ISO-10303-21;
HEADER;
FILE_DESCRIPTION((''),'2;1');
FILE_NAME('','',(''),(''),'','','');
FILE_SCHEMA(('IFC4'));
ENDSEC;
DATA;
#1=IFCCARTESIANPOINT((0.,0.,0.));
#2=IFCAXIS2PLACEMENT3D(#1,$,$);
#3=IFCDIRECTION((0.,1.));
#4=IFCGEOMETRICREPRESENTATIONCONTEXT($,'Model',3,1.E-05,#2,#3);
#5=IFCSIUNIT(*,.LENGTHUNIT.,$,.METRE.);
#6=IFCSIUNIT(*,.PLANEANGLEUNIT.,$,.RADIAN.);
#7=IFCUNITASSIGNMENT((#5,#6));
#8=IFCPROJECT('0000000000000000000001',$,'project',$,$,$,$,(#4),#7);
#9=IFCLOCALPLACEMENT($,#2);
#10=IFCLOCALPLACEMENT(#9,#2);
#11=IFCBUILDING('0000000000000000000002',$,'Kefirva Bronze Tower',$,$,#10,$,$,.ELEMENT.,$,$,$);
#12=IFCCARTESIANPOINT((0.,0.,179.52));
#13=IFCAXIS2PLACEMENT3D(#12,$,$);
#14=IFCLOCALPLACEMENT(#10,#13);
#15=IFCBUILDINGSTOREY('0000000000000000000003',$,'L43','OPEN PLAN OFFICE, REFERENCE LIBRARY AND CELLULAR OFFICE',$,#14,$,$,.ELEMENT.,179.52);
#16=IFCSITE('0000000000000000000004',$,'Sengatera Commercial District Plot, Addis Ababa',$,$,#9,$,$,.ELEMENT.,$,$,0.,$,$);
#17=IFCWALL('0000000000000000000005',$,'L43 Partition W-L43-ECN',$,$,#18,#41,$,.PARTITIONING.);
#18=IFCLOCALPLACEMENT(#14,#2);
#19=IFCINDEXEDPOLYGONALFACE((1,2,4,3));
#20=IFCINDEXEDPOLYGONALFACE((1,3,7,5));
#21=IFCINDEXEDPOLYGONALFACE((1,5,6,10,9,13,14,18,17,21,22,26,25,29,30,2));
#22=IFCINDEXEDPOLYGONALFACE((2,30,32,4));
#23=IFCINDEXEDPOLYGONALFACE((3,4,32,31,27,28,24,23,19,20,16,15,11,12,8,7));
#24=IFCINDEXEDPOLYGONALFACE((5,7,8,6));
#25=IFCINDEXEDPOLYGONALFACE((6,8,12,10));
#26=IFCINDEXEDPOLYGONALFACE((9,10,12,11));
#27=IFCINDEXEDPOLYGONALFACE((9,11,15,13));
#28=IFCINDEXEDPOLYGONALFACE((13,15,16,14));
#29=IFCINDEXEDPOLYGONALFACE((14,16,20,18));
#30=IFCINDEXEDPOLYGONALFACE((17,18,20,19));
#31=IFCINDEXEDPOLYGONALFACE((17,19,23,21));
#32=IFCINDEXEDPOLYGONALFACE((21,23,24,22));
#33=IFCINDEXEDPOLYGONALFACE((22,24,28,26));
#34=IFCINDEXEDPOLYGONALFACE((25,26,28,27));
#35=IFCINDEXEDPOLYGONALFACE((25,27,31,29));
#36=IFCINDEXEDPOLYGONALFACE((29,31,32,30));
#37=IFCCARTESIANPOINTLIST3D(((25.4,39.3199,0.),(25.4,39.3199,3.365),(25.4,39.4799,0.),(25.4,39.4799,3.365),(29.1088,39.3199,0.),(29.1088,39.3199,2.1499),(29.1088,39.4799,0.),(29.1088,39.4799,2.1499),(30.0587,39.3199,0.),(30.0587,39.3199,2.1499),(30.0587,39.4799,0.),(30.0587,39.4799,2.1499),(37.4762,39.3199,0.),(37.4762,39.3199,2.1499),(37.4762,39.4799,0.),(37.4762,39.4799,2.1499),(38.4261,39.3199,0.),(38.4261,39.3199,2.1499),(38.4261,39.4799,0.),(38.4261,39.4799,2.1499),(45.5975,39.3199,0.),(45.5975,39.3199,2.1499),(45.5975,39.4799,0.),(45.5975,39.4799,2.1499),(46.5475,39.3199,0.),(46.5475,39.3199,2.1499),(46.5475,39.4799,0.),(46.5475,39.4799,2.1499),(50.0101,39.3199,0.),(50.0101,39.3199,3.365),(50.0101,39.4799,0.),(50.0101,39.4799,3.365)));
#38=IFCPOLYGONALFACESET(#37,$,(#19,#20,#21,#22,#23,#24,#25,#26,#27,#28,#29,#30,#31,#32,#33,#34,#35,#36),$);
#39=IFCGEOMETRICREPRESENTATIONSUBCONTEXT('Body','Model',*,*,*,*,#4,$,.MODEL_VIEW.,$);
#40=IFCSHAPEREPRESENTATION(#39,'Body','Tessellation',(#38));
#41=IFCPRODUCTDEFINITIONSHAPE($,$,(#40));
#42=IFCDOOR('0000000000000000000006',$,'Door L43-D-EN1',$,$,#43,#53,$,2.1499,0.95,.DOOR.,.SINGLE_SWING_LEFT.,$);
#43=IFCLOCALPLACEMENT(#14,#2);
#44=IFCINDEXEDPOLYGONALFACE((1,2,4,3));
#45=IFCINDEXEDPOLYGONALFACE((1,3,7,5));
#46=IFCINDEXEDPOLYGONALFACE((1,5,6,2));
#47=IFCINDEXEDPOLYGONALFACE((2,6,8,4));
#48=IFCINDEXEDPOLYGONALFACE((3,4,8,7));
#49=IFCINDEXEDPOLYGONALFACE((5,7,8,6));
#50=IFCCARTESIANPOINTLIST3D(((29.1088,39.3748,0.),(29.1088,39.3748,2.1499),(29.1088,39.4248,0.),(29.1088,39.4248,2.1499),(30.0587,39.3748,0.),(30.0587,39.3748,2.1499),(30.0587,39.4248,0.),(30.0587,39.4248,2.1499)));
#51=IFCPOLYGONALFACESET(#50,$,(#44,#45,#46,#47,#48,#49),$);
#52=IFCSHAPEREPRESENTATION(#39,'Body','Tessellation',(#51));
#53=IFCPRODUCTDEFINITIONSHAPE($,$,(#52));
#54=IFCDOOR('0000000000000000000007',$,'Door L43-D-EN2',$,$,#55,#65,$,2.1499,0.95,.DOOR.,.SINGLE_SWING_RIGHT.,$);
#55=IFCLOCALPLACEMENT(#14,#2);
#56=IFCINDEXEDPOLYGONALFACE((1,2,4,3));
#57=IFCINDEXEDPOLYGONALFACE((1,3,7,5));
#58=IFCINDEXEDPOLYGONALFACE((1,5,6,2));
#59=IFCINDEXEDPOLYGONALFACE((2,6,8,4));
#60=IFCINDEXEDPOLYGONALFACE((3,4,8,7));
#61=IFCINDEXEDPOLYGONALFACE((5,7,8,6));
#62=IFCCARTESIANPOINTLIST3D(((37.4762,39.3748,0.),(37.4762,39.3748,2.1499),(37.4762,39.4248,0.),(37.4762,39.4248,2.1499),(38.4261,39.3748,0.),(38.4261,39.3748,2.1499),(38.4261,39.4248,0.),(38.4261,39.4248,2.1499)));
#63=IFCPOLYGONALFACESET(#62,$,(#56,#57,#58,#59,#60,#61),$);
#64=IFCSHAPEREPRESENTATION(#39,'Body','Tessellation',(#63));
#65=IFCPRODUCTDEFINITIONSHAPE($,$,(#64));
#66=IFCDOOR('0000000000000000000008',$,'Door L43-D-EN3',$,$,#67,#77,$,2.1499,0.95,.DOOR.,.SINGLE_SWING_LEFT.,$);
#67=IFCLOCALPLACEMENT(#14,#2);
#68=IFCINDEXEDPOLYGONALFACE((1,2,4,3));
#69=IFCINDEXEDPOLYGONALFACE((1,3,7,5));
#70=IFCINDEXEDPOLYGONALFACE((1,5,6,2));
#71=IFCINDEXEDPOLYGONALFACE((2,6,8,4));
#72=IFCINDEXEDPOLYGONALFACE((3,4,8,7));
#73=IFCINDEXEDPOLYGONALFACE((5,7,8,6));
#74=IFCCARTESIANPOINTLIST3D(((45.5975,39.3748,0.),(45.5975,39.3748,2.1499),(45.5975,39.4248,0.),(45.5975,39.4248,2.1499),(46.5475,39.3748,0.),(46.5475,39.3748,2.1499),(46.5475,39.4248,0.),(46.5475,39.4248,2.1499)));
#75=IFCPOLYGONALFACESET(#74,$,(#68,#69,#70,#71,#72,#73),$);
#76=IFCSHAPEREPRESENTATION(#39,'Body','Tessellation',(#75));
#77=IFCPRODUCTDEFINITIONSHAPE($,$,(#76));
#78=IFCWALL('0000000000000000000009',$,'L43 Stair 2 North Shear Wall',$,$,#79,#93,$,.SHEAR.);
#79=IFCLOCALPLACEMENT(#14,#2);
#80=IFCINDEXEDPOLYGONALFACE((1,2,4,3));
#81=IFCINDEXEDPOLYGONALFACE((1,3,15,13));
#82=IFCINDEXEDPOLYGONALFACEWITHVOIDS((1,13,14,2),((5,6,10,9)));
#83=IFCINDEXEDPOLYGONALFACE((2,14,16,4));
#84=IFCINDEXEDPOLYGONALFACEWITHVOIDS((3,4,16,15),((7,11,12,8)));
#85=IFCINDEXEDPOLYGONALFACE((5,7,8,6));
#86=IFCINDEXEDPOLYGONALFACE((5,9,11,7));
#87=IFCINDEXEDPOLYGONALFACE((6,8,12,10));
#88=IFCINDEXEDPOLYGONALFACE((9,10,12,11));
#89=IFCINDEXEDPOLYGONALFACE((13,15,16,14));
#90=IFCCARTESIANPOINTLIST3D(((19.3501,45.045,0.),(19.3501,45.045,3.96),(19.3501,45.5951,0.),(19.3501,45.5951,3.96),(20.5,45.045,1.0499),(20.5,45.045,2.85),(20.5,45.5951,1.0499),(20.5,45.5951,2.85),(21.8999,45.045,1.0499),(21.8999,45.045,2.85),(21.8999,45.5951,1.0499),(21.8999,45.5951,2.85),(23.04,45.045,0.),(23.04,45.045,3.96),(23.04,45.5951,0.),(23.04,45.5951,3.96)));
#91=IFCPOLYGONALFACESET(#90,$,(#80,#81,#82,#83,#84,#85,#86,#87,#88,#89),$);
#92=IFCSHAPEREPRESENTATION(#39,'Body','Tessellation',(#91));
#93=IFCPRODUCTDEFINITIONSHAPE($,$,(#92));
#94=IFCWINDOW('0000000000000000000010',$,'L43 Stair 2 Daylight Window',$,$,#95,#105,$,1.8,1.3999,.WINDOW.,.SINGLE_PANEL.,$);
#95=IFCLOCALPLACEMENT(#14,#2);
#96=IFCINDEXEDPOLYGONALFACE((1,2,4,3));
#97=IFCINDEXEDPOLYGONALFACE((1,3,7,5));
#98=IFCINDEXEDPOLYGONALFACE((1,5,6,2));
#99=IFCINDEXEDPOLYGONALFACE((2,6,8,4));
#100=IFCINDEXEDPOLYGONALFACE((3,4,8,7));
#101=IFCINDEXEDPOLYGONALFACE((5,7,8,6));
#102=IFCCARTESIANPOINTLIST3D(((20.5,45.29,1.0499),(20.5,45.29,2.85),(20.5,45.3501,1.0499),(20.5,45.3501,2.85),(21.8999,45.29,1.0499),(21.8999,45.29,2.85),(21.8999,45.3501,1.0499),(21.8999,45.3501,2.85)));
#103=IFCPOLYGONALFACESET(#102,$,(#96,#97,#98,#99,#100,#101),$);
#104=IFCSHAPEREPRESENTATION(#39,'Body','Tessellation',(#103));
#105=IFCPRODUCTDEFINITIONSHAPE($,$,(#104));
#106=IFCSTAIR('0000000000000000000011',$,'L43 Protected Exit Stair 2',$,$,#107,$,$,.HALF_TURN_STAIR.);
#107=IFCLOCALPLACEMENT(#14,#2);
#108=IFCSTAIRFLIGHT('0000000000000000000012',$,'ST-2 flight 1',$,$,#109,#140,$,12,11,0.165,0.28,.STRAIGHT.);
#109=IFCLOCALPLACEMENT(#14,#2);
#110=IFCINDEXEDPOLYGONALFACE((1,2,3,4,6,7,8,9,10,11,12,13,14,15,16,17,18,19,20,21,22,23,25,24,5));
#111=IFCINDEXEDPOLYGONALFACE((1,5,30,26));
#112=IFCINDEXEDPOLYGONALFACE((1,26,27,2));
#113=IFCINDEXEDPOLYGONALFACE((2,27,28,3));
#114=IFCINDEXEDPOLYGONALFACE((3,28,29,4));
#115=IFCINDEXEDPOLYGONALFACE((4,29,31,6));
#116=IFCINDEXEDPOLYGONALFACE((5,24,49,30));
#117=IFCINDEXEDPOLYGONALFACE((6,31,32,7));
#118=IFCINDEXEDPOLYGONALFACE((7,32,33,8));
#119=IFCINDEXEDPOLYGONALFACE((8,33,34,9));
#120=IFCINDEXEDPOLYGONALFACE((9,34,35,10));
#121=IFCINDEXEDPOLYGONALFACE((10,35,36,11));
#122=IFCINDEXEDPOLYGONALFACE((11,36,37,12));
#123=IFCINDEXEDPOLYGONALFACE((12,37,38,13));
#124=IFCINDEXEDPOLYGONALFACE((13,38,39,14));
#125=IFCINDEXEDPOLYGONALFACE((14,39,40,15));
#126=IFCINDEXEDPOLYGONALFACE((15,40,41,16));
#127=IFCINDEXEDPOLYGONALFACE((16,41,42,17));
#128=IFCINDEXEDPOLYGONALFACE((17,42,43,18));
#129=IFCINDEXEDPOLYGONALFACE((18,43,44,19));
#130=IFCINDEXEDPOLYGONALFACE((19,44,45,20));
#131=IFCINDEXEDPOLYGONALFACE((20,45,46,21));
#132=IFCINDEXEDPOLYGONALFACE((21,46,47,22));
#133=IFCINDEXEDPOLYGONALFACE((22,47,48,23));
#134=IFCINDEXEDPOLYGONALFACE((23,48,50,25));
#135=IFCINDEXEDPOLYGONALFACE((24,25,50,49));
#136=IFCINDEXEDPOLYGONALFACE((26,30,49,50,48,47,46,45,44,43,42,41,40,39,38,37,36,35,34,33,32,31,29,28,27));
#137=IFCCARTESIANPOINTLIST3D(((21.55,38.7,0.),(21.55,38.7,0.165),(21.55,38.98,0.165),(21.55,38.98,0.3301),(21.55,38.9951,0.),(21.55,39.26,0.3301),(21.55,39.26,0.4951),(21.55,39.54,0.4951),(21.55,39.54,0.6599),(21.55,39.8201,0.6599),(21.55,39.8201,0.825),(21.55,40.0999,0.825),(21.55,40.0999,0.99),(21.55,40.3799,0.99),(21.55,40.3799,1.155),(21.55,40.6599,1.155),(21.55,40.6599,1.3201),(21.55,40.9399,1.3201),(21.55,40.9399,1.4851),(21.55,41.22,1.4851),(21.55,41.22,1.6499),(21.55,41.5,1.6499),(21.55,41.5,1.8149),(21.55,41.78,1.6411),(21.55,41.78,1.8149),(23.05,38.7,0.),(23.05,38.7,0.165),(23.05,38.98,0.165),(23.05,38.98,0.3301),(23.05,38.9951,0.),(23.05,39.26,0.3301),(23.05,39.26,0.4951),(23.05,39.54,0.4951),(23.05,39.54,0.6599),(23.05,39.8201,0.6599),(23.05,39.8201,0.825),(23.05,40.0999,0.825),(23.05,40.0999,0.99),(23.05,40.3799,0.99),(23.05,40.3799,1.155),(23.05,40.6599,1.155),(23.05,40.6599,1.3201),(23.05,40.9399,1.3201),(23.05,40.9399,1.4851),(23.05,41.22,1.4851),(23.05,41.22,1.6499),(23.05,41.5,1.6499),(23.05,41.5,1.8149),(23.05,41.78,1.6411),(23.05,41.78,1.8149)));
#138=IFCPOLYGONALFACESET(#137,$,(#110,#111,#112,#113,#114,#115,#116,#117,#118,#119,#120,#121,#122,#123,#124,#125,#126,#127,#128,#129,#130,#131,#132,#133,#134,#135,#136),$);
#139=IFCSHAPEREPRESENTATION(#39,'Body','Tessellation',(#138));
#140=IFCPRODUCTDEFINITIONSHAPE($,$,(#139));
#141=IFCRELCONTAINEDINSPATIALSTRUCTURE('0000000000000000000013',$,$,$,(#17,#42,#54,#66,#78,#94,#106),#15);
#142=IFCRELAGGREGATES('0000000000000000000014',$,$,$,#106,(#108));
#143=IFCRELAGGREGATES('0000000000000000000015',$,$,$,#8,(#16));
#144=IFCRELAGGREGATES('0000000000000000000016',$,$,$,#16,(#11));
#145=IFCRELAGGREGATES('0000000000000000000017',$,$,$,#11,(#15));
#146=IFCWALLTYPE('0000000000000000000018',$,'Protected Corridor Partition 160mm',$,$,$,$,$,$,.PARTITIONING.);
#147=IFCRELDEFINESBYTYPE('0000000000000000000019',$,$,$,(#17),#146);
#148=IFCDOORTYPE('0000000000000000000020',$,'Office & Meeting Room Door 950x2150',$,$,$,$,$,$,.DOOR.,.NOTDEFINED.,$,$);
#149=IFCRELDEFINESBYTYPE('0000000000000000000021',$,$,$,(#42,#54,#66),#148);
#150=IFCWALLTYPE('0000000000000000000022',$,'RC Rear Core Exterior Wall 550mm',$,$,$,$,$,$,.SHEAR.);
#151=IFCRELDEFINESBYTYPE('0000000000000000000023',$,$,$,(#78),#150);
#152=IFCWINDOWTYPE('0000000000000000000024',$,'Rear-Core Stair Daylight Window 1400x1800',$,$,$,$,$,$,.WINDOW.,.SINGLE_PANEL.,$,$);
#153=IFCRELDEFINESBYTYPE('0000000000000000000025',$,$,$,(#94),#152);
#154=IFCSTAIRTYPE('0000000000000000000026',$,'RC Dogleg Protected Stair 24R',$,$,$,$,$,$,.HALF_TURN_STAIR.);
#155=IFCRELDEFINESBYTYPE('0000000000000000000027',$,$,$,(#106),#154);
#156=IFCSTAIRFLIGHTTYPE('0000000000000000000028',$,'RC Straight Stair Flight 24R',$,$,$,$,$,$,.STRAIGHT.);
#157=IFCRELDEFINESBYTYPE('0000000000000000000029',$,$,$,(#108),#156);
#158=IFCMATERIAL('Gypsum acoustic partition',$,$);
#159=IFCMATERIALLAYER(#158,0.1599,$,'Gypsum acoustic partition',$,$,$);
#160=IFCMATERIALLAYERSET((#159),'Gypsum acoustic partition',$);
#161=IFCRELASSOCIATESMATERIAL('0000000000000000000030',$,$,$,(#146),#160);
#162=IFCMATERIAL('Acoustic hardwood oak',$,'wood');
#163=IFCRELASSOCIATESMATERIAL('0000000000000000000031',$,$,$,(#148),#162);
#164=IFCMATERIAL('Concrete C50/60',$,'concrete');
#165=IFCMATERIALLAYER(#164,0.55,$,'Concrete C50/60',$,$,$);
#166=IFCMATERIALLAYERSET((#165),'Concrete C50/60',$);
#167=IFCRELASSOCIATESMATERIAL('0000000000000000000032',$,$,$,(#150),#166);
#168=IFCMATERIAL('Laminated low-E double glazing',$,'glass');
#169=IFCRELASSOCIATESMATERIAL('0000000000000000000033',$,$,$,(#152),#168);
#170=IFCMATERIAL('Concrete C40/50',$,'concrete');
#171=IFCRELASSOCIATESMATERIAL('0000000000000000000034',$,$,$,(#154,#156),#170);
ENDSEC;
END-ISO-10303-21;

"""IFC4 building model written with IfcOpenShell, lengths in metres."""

from ifc_helpers import new_model, si_unit, direction, frame, frame_2d, origin, place, context, subcontext, project, spatial, polyline, rectangle, outline, extrude, material, layer, layer_set, type_object, element, fill, aggregate, save


model = new_model("IFC4")

# Units and contexts
model_context = context("Model", 3, precision=1e-05, world=origin(), true_north=direction((0.0, 1.0)))
body_context = subcontext(model_context, "Body", "Model", "MODEL_VIEW")
ifc_project = project(units=[si_unit("LENGTHUNIT", "METRE"), si_unit("PLANEANGLEUNIT", "RADIAN")], contexts=[model_context])

# Site, building, storey
site_placement = place(None, origin())
site = spatial("IfcSite", under=ifc_project, at=site_placement, Name="Sengatera Commercial District Plot, Addis Ababa", CompositionType="ELEMENT", RefElevation=0.0)
building_placement = place(site_placement, origin())
building = spatial("IfcBuilding", under=site, at=building_placement, Name="Kefirva Bronze Tower", CompositionType="ELEMENT")
storey_placement = place(building_placement, frame((0.0, 0.0, 179.52)))
storey = spatial("IfcBuildingStorey", under=building, at=storey_placement, Name="L43", Description="OPEN PLAN OFFICE, REFERENCE LIBRARY AND CELLULAR OFFICE", CompositionType="ELEMENT", Elevation=179.52)

# Shared definitions
ifc_material_1 = material(Name="Concrete C50/60", Category="concrete")

# Shared definitions
ifc_material_2 = material(Name="Laminated low-E double glazing", Category="glass")

# Shared definitions
ifc_material_3 = material(Name="Gypsum acoustic partition")

# Wall, openings, doors
ifc_layer_1 = layer(ifc_material_3, 0.1599, Name="Gypsum acoustic partition")
ifc_layer_set_1 = layer_set([ifc_layer_1], Name="Gypsum acoustic partition")
wall_type_1 = type_object("IfcWallType", Name="Protected Corridor Partition 160mm", PredefinedType="PARTITIONING", material=ifc_layer_set_1)
wall_1_placement = place(storey_placement, frame((25.3999, 39.3999, 0.0), z_axis=(0.0, 0.0, 1.0), x_axis=(1.0, 0.0, 0.0)))
wall_1 = element("IfcWall", 1, at=wall_1_placement, inside=storey, type_object=wall_type_1, Name="L43 Partition W-L43-ECN", PredefinedType="PARTITIONING", context=body_context, shape_type="SweptSolid", body=[
    extrude(rectangle(XDim=24.6101, YDim=0.1599, at=frame_2d((12.3052, 0.0))), origin(), (0.0, 0.0, 1.0), 3.365),
])
opening_1_placement = place(wall_1_placement, frame((3.7087, 0.0, 0.0)))
opening_1 = element("IfcOpeningElement", 2, at=opening_1_placement, cuts=wall_1, PredefinedType="OPENING", context=body_context, shape_type="SweptSolid", body=[
    extrude(rectangle(XDim=0.95, YDim=2.1499, at=frame_2d((0.4751, 1.075))), frame((0.0, 0.0898, 0.0), z_axis=(0.0, -1.0, 0.0), x_axis=(1.0, 0.0, 0.0)), (0.0, 0.0, 1.0), 0.1799),
])
opening_2_placement = place(wall_1_placement, frame((12.0762, 0.0, 0.0)))
opening_2 = element("IfcOpeningElement", 3, at=opening_2_placement, cuts=wall_1, PredefinedType="OPENING", context=body_context, shape_type="SweptSolid", body=[
    extrude(rectangle(XDim=0.95, YDim=2.1499, at=frame_2d((0.4751, 1.075))), frame((0.0, 0.0898, 0.0), z_axis=(0.0, -1.0, 0.0), x_axis=(1.0, 0.0, 0.0)), (0.0, 0.0, 1.0), 0.1799),
])
opening_3_placement = place(wall_1_placement, frame((20.1975, 0.0, 0.0)))
opening_3 = element("IfcOpeningElement", 4, at=opening_3_placement, cuts=wall_1, PredefinedType="OPENING", context=body_context, shape_type="SweptSolid", body=[
    extrude(rectangle(XDim=0.95, YDim=2.1499, at=frame_2d((0.4751, 1.075))), frame((0.0, 0.0898, 0.0), z_axis=(0.0, -1.0, 0.0), x_axis=(1.0, 0.0, 0.0)), (0.0, 0.0, 1.0), 0.1799),
])
ifc_material_4 = material(Name="Acoustic hardwood oak", Category="wood")
door_type = type_object("IfcDoorType", Name="Office & Meeting Room Door 950x2150", OperationType="NOTDEFINED", PredefinedType="DOOR", material=ifc_material_4)
door_1_placement = place(opening_1_placement, origin())
door_1 = element("IfcDoor", 5, at=door_1_placement, inside=storey, type_object=door_type, Name="Door L43-D-EN1", OperationType="SINGLE_SWING_LEFT", OverallHeight=2.1499, OverallWidth=0.95, PredefinedType="DOOR", context=body_context, shape_type="SweptSolid", body=[
    extrude(rectangle(XDim=0.95, YDim=2.1499, at=frame_2d((0.4751, 1.075))), frame((0.0, 0.0249, 0.0), z_axis=(0.0, -1.0, 0.0), x_axis=(1.0, 0.0, 0.0)), (0.0, 0.0, 1.0), 0.05),
])
fill(opening_1, door_1)
door_2_placement = place(opening_2_placement, origin())
door_2 = element("IfcDoor", 6, at=door_2_placement, inside=storey, type_object=door_type, Name="Door L43-D-EN2", OperationType="SINGLE_SWING_RIGHT", OverallHeight=2.1499, OverallWidth=0.95, PredefinedType="DOOR", context=body_context, shape_type="SweptSolid", body=[
    extrude(rectangle(XDim=0.95, YDim=2.1499, at=frame_2d((0.4751, 1.075))), frame((0.0, 0.0249, 0.0), z_axis=(0.0, -1.0, 0.0), x_axis=(1.0, 0.0, 0.0)), (0.0, 0.0, 1.0), 0.05),
])
fill(opening_2, door_2)
door_3_placement = place(opening_3_placement, origin())
door_3 = element("IfcDoor", 7, at=door_3_placement, inside=storey, type_object=door_type, Name="Door L43-D-EN3", OperationType="SINGLE_SWING_LEFT", OverallHeight=2.1499, OverallWidth=0.95, PredefinedType="DOOR", context=body_context, shape_type="SweptSolid", body=[
    extrude(rectangle(XDim=0.95, YDim=2.1499, at=frame_2d((0.4751, 1.075))), frame((0.0, 0.0249, 0.0), z_axis=(0.0, -1.0, 0.0), x_axis=(1.0, 0.0, 0.0)), (0.0, 0.0, 1.0), 0.05),
])
fill(opening_3, door_3)

# Wall, opening, window
ifc_layer_2 = layer(ifc_material_1, 0.55, Name="Concrete C50/60")
ifc_layer_set_2 = layer_set([ifc_layer_2], Name="Concrete C50/60")
wall_type_2 = type_object("IfcWallType", Name="RC Rear Core Exterior Wall 550mm", PredefinedType="SHEAR", material=ifc_layer_set_2)
wall_2_placement = place(storey_placement, frame((19.3501, 45.3201, 0.0), z_axis=(0.0, 0.0, 1.0), x_axis=(1.0, 0.0, 0.0)))
wall_2 = element("IfcWall", 8, at=wall_2_placement, inside=storey, type_object=wall_type_2, Name="L43 Stair 2 North Shear Wall", PredefinedType="SHEAR", context=body_context, shape_type="SweptSolid", body=[
    extrude(rectangle(XDim=3.6899, YDim=0.55, at=frame_2d((1.845, 0.0))), origin(), (0.0, 0.0, 1.0), 3.96),
])
opening_4_placement = place(wall_2_placement, frame((1.1499, 0.0, 1.05)))
opening_4 = element("IfcOpeningElement", 9, at=opening_4_placement, cuts=wall_2, PredefinedType="OPENING", context=body_context, shape_type="SweptSolid", body=[
    extrude(rectangle(XDim=1.3999, YDim=1.8, at=frame_2d((0.7, 0.8999))), frame((0.0, 0.2852, 0.0), z_axis=(0.0, -1.0, 0.0), x_axis=(1.0, 0.0, 0.0)), (0.0, 0.0, 1.0), 0.5701),
])
window_type = type_object("IfcWindowType", Name="Rear-Core Stair Daylight Window 1400x1800", PartitioningType="SINGLE_PANEL", PredefinedType="WINDOW", material=ifc_material_2)
window_placement = place(opening_4_placement, origin())
window = element("IfcWindow", 10, at=window_placement, inside=storey, type_object=window_type, Name="L43 Stair 2 Daylight Window", OverallHeight=1.8, OverallWidth=1.3999, PartitioningType="SINGLE_PANEL", PredefinedType="WINDOW", context=body_context, shape_type="SweptSolid", body=[
    extrude(rectangle(XDim=1.3999, YDim=1.8, at=frame_2d((0.7, 0.8999))), frame((0.0, 0.03, 0.0), z_axis=(0.0, -1.0, 0.0), x_axis=(1.0, 0.0, 0.0)), (0.0, 0.0, 1.0), 0.0601),
])
fill(opening_4, window)

# Stair, stair flight
ifc_material_5 = material(Name="Concrete C40/50", Category="concrete")
stair_type = type_object("IfcStairType", Name="RC Dogleg Protected Stair 24R", PredefinedType="HALF_TURN_STAIR", material=ifc_material_5)
stair_placement = place(storey_placement, origin())
stair = element("IfcStair", 11, at=stair_placement, inside=storey, type_object=stair_type, Name="L43 Protected Exit Stair 2", PredefinedType="HALF_TURN_STAIR")
stair_flight_type = type_object("IfcStairFlightType", Name="RC Straight Stair Flight 24R", PredefinedType="STRAIGHT", material=ifc_material_5)
stair_flight_1_placement = place(storey_placement, frame((22.3, 38.7, 0.0), z_axis=(0.0, 0.0, 1.0), x_axis=(0.0, 1.0, 0.0)))
stair_flight_1 = element("IfcStairFlight", 12, at=stair_flight_1_placement, type_object=stair_flight_type, Name="ST-2 flight 1", NumberOfRisers=12, NumberOfTreads=11, PredefinedType="STRAIGHT", RiserHeight=0.165, TreadLength=0.28, context=body_context, shape_type="SweptSolid", body=[
    extrude(outline(polyline([(0.0, 0.0), (0.0, 0.165), (0.28, 0.165), (0.28, 0.3301), (0.5601, 0.3301), (0.5601, 0.4951), (0.8401, 0.4951), (0.8401, 0.6599), (1.1201, 0.6599), (1.1201, 0.825), (1.3999, 0.825), (1.3999, 0.99), (1.6799, 0.99), (1.6799, 1.155), (1.96, 1.155), (1.96, 1.3201), (2.24, 1.3201), (2.24, 1.4851), (2.52, 1.4851), (2.52, 1.6499), (2.8, 1.6499), (2.8, 1.8149), (3.0801, 1.8149), (3.0801, 1.98), (3.0801, 1.6411), (0.2952, 0.0), (0.0, 0.0)])), frame((0.0, 0.75, 0.0), z_axis=(0.0, -1.0, 0.0), x_axis=(1.0, 0.0, 0.0)), (0.0, 0.0, 1.0), 1.5),
])
aggregate(stair, [stair_flight_1])

save(model, "model.ifc")
